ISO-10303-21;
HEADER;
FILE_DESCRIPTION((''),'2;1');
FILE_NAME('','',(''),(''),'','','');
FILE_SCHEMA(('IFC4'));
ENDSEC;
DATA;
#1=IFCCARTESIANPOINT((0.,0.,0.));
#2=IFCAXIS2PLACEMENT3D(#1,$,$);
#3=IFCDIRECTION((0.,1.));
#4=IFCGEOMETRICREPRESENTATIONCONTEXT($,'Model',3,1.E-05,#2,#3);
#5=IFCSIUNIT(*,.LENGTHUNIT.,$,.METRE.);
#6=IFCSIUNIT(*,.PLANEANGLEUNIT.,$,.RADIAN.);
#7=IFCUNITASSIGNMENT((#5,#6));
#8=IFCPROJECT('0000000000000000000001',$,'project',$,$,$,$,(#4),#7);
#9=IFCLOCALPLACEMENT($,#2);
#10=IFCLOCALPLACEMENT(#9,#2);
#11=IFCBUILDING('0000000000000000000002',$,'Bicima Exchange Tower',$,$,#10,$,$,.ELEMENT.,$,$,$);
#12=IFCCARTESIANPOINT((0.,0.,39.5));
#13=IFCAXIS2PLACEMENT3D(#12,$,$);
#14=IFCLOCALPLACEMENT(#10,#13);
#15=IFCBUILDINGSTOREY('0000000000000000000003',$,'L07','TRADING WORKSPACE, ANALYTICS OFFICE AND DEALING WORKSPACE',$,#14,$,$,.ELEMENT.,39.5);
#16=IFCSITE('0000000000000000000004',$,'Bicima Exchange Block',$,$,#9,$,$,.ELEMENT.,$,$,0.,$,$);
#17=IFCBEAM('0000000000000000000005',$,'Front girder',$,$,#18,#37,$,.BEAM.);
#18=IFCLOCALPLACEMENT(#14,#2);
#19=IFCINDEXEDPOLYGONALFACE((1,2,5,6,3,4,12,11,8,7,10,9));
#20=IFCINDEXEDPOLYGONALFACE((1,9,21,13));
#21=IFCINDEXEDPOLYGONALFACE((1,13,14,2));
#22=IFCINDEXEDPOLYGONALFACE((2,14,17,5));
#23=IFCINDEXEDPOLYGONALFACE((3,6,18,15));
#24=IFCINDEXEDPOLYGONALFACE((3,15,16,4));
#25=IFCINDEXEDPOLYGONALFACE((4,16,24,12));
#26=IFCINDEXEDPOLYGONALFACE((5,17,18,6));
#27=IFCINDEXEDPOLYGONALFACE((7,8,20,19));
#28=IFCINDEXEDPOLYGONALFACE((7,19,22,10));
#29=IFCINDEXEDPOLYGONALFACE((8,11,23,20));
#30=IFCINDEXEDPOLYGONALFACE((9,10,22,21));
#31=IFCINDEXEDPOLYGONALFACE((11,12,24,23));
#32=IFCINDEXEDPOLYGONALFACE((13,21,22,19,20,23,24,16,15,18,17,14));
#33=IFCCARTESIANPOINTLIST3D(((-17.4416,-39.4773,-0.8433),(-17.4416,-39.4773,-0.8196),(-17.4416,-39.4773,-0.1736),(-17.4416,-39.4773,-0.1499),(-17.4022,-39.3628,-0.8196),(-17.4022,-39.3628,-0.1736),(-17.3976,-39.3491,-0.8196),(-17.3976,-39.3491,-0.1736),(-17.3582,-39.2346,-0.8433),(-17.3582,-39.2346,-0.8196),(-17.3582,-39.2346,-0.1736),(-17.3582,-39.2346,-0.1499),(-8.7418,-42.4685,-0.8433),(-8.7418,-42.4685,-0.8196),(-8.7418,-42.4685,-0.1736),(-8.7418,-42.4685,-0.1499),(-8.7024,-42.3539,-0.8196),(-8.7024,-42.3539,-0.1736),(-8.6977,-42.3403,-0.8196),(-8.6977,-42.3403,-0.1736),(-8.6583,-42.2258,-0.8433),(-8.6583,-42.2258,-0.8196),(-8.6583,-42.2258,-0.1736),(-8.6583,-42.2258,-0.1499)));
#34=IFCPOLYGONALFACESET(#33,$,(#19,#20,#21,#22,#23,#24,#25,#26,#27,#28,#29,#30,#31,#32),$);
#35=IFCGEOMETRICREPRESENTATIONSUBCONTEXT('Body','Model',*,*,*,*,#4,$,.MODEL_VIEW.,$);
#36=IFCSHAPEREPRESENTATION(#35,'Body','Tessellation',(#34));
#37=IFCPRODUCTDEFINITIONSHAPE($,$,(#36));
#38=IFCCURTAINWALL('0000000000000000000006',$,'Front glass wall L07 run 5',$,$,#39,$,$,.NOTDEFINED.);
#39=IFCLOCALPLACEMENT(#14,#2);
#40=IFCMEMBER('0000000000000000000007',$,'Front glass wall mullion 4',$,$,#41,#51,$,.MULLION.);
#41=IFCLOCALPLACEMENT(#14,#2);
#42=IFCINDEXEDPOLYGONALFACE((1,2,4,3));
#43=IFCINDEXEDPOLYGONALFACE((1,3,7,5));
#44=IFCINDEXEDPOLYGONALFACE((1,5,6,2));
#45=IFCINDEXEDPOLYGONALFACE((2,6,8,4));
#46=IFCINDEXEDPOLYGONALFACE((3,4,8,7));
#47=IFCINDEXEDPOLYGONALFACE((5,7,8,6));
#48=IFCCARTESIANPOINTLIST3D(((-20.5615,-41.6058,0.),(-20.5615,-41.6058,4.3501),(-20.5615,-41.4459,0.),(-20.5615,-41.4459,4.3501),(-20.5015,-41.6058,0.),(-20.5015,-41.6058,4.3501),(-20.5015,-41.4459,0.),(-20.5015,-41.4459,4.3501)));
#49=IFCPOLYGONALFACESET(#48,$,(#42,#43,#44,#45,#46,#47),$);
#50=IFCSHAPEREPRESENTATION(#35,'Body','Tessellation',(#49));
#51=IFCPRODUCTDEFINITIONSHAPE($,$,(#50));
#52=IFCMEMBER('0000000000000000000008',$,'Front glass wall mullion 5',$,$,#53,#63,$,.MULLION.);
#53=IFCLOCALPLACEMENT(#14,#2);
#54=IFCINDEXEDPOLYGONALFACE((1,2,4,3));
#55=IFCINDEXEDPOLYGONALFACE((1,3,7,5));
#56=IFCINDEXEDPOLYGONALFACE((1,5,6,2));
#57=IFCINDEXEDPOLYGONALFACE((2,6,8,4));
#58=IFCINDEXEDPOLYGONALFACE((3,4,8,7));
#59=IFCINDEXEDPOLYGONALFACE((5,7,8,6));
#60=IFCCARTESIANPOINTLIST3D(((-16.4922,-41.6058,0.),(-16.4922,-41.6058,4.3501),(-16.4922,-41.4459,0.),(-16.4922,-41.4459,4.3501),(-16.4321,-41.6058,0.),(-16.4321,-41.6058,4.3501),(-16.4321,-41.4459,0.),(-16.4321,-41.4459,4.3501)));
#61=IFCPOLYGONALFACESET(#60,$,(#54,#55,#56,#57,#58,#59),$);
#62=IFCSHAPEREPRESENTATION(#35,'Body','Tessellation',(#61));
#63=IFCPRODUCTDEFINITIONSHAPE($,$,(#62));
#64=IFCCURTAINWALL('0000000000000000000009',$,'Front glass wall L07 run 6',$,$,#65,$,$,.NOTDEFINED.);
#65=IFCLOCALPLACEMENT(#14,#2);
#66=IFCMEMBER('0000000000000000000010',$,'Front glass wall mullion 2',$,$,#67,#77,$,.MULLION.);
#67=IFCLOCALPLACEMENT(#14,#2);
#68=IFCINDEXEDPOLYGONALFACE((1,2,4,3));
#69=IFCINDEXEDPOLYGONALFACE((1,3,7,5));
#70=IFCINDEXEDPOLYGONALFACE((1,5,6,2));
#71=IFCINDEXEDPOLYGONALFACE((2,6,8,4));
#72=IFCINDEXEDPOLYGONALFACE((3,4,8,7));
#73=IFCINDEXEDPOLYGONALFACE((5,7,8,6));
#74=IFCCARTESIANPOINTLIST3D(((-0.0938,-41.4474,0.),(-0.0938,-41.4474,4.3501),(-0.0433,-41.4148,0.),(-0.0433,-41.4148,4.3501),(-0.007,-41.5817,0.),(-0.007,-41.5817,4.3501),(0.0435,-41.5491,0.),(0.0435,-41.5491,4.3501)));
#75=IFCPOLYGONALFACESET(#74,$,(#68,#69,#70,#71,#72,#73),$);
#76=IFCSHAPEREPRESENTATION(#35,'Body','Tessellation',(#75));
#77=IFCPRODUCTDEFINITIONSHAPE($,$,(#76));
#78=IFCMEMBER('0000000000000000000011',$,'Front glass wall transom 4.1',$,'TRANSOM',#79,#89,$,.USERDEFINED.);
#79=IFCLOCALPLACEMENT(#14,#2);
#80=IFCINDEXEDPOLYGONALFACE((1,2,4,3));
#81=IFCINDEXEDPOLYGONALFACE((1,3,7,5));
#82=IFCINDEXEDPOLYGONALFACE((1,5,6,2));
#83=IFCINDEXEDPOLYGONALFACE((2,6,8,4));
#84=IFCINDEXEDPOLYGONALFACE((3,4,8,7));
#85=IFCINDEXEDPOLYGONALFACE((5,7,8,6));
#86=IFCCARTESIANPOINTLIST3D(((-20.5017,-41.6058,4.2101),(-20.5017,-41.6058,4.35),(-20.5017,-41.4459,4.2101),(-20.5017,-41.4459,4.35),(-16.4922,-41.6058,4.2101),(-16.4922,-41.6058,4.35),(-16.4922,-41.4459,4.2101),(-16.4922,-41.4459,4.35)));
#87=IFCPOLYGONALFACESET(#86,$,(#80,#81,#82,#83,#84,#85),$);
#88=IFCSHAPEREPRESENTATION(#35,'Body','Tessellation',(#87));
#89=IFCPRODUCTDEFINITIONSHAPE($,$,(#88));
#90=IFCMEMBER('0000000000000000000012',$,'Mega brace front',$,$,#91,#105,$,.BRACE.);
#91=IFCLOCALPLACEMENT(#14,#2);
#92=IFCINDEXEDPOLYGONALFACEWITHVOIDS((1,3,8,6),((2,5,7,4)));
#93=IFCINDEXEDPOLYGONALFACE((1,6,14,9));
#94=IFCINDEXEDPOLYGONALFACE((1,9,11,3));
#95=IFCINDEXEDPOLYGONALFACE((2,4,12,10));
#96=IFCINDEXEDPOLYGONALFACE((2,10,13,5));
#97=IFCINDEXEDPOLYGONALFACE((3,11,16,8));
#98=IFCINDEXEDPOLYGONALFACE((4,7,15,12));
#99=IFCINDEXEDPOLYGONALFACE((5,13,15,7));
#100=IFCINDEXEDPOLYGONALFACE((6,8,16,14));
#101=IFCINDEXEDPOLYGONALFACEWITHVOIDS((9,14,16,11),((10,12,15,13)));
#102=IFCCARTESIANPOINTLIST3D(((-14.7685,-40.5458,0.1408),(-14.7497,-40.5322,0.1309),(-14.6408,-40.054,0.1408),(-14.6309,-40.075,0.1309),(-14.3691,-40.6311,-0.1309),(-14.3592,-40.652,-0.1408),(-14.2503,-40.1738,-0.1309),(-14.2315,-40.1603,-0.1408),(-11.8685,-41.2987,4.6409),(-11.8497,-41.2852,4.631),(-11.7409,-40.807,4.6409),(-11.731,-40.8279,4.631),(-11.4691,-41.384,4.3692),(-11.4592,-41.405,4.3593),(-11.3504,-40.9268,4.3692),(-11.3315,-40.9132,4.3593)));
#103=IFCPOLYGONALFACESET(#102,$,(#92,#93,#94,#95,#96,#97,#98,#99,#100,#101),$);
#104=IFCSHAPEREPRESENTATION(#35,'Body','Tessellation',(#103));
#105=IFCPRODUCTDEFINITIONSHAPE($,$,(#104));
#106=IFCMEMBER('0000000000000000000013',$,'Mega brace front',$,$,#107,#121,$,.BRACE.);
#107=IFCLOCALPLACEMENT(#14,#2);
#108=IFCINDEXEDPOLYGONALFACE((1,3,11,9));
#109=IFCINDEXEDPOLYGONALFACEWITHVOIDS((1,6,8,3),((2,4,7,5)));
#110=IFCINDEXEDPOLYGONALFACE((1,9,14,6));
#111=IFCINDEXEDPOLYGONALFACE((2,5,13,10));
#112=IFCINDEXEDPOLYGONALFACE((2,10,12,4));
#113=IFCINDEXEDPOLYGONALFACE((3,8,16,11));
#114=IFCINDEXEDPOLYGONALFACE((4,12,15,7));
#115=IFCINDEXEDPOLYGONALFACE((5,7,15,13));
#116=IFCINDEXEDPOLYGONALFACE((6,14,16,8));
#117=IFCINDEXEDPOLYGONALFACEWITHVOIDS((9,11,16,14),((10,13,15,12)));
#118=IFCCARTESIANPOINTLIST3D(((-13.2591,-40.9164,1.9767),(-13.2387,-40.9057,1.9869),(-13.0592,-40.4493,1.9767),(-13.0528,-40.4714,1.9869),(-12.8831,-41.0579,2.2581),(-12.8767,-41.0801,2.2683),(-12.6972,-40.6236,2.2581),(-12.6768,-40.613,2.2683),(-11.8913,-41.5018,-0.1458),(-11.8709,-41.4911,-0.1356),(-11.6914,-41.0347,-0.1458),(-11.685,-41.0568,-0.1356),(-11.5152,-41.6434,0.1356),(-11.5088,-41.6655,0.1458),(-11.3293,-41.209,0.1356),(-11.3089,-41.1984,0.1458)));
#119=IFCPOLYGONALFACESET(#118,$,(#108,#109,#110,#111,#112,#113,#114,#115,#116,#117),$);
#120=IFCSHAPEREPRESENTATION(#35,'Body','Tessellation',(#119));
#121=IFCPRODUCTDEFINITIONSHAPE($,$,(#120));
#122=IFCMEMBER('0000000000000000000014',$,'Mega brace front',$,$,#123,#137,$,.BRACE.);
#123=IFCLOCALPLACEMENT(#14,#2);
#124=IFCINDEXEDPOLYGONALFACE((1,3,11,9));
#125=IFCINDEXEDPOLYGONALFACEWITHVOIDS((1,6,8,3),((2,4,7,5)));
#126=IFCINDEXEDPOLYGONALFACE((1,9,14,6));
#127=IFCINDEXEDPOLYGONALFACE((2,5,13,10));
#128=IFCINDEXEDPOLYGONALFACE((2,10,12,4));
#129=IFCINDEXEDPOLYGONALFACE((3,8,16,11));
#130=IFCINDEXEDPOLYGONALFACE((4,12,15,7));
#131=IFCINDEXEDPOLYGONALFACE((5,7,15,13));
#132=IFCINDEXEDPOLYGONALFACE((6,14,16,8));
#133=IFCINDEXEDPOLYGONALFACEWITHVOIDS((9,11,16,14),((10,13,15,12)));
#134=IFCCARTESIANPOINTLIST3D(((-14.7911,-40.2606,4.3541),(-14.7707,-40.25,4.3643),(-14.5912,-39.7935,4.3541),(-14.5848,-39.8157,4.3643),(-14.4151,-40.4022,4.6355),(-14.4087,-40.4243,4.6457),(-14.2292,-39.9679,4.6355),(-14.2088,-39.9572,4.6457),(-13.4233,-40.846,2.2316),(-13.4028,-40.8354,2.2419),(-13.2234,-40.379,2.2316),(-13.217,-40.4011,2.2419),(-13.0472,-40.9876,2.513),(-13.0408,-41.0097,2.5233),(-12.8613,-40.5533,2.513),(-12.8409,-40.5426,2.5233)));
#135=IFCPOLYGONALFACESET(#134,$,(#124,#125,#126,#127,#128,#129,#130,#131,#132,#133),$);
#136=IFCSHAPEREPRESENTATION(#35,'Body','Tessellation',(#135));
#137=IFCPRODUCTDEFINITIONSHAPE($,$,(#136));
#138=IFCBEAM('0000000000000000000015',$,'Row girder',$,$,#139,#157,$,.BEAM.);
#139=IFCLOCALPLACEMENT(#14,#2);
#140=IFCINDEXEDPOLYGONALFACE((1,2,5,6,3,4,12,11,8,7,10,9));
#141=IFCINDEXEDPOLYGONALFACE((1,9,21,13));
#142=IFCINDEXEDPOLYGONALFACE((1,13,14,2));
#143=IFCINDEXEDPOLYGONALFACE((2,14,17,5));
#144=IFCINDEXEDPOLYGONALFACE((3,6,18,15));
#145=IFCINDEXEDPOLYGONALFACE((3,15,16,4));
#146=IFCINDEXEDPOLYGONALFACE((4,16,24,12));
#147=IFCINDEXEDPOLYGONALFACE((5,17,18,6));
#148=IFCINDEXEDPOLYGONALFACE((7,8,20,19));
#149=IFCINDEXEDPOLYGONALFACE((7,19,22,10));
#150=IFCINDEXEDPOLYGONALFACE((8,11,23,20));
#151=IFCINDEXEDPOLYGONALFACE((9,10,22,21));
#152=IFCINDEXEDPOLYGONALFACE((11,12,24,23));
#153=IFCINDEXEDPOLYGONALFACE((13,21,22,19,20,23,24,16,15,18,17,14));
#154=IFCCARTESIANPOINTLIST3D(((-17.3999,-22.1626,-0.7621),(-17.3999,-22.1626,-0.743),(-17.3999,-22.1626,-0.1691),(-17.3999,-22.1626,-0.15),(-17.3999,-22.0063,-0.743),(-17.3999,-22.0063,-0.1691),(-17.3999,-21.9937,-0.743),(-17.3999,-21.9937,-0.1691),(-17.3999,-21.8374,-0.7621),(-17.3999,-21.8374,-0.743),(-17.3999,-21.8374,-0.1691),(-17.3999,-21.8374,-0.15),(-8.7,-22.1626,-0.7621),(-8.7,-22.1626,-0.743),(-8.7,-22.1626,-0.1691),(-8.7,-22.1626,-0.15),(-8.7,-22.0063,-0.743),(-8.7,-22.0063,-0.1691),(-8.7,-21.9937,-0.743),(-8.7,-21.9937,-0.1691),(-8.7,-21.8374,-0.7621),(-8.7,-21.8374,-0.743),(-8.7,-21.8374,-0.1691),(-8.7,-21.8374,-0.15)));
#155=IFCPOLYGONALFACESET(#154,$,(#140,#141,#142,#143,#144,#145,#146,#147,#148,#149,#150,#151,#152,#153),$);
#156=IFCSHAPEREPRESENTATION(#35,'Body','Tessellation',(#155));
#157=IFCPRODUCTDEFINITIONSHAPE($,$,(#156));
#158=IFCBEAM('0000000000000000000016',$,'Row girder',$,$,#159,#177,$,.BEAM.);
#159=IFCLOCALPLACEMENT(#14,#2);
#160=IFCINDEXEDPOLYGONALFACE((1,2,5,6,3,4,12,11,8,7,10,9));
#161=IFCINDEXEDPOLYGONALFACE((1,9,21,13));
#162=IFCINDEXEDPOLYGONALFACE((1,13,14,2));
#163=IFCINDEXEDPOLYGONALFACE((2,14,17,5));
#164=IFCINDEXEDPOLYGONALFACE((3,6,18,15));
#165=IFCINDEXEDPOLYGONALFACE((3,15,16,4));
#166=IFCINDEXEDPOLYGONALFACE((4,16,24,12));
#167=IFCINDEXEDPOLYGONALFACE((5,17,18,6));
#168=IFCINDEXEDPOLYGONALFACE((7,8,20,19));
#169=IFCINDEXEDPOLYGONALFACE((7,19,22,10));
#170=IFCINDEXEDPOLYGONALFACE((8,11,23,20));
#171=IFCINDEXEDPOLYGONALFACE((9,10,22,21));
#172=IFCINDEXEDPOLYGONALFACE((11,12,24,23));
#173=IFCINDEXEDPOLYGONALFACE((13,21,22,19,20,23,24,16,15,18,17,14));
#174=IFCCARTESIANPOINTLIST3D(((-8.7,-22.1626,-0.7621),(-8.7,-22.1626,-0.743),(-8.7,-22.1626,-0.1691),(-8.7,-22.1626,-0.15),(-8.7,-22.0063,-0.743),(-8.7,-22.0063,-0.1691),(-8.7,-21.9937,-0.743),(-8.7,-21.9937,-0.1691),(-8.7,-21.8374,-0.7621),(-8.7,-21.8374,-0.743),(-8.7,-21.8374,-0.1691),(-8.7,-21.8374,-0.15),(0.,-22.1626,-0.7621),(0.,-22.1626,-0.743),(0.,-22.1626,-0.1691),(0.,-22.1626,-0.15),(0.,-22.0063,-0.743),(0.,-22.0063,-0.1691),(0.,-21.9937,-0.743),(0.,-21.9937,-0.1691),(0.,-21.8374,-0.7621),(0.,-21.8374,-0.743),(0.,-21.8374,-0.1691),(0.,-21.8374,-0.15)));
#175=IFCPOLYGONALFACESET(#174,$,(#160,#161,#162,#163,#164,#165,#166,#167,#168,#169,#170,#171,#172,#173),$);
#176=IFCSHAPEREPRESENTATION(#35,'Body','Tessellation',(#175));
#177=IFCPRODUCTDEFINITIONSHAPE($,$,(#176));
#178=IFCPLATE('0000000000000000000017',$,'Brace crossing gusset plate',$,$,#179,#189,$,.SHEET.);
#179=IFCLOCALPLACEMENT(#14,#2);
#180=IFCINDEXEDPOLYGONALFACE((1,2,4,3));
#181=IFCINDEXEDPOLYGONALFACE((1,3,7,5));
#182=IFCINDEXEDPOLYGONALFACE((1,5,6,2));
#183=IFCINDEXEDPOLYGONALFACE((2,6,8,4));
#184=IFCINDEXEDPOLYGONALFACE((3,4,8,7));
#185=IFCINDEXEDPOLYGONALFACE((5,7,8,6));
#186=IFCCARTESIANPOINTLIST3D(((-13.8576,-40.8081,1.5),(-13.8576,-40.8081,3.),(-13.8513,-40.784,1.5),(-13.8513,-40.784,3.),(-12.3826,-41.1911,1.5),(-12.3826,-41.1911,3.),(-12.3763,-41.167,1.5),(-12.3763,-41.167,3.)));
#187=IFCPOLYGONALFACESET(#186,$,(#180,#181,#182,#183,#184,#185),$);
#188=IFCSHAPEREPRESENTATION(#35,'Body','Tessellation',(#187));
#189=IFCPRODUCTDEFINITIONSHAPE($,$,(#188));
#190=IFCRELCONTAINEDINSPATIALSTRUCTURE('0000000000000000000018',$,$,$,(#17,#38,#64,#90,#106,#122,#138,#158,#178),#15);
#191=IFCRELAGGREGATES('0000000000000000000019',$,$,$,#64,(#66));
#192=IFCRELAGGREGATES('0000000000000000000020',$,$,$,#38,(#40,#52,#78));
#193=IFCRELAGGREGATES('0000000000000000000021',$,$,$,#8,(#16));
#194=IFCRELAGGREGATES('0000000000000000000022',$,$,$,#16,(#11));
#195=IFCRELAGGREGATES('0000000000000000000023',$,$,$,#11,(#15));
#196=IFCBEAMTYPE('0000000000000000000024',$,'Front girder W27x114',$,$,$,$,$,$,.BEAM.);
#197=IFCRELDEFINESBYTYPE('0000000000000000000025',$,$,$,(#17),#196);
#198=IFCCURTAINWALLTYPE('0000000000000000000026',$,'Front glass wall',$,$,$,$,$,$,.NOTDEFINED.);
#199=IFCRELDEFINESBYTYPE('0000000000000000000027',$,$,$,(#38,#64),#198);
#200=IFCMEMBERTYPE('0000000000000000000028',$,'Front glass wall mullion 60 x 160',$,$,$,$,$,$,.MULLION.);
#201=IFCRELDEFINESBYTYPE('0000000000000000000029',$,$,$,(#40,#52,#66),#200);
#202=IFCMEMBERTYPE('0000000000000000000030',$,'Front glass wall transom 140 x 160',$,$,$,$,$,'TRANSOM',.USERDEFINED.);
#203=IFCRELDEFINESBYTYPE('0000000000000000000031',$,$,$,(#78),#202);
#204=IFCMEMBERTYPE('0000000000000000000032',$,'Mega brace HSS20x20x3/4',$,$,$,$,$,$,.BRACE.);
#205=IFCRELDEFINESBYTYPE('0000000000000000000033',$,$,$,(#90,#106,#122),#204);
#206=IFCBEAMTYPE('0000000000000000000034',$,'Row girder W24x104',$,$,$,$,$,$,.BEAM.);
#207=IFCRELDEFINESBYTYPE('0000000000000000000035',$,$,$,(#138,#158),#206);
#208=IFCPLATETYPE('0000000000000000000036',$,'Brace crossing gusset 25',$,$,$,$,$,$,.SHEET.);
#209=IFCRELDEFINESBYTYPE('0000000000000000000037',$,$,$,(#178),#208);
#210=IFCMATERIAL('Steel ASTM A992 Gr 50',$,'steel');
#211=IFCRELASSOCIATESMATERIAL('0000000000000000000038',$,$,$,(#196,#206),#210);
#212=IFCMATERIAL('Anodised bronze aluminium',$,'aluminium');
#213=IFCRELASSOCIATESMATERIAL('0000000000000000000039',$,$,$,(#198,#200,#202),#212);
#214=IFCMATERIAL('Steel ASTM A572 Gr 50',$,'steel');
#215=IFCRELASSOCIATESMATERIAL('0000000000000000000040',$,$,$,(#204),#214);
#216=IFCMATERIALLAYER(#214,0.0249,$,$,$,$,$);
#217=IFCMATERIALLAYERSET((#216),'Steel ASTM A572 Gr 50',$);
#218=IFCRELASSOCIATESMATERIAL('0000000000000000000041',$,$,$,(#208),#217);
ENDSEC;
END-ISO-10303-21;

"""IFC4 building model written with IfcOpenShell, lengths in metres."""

from ifc_helpers import new_model, si_unit, direction, frame, origin, origin_2d, place, context, subcontext, project, spatial, rectangle, hollow_rectangle, i_section, extrude, material, layer, layer_set, material_profile, profile_set, type_object, element, aggregate, save


model = new_model("IFC4")

# Units and contexts
model_context = context("Model", 3, precision=1e-05, world=origin(), true_north=direction((0.0, 1.0)))
body_context = subcontext(model_context, "Body", "Model", "MODEL_VIEW")
ifc_project = project(units=[si_unit("LENGTHUNIT", "METRE"), si_unit("PLANEANGLEUNIT", "RADIAN")], contexts=[model_context])

# Site, building, storey
site_placement = place(None, origin())
site = spatial("IfcSite", under=ifc_project, at=site_placement, Name="Bicima Exchange Block", CompositionType="ELEMENT", RefElevation=0.0)
building_placement = place(site_placement, origin())
building = spatial("IfcBuilding", under=site, at=building_placement, Name="Bicima Exchange Tower", CompositionType="ELEMENT")
storey_placement = place(building_placement, frame((0.0, 0.0, 39.5)))
storey = spatial("IfcBuildingStorey", under=building, at=storey_placement, Name="L07", Description="TRADING WORKSPACE, ANALYTICS OFFICE AND DEALING WORKSPACE", CompositionType="ELEMENT", Elevation=39.5)

# Shared definitions
ifc_material_1 = material(Name="Steel ASTM A992 Gr 50", Category="steel")

# Beam
ifc_material_profile_1 = material_profile(ifc_material_1, i_section(OverallWidth=0.2566, OverallDepth=0.6934, WebThickness=0.0144, FlangeThickness=0.0237, at=origin_2d()))
ifc_profile_set_1 = profile_set([ifc_material_profile_1], Name="Steel ASTM A992 Gr 50")
beam_type_1 = type_object("IfcBeamType", Name="Front girder W27x114", PredefinedType="BEAM", material=ifc_profile_set_1)
beam_1_placement = place(storey_placement, frame((-17.3999, -39.356, -0.4966), z_axis=(0.945666, -0.325138, 0.0), x_axis=(0.325138, 0.945666, 0.0)))
element("IfcBeam", 1, at=beam_1_placement, inside=storey, type_object=beam_type_1, Name="Front girder", PredefinedType="BEAM", context=body_context, shape_type="SweptSolid", body=[
    extrude(i_section(OverallWidth=0.2566, OverallDepth=0.6934, WebThickness=0.0144, FlangeThickness=0.0237, at=origin_2d()), origin(), (0.0, 0.0, 1.0), 9.1997),
])

# Curtain wall, members
ifc_material_2 = material(Name="Anodised bronze aluminium", Category="aluminium")
curtain_wall_type = type_object("IfcCurtainWallType", Name="Front glass wall", PredefinedType="NOTDEFINED", material=ifc_material_2)
curtain_wall_1_placement = place(storey_placement, origin())
curtain_wall_1 = element("IfcCurtainWall", 2, at=curtain_wall_1_placement, inside=storey, type_object=curtain_wall_type, Name="Front glass wall L07 run 5", PredefinedType="NOTDEFINED")
ifc_material_profile_2 = material_profile(ifc_material_2, rectangle(XDim=0.1599, YDim=0.0601, at=origin_2d()))
ifc_profile_set_2 = profile_set([ifc_material_profile_2], Name="Anodised bronze aluminium")
member_type_1 = type_object("IfcMemberType", Name="Front glass wall mullion 60 x 160", PredefinedType="MULLION", material=ifc_profile_set_2)
member_1_placement = place(storey_placement, frame((-20.5315, -41.5259, 0.0), z_axis=(0.0, 0.0, 1.0), x_axis=(0.0, 1.0, 0.0)))
member_1 = element("IfcMember", 3, at=member_1_placement, type_object=member_type_1, Name="Front glass wall mullion 4", PredefinedType="MULLION", context=body_context, shape_type="SweptSolid", body=[
    extrude(rectangle(XDim=0.1599, YDim=0.0601, at=origin_2d()), origin(), (0.0, 0.0, 1.0), 4.3501),
])
member_2_placement = place(storey_placement, frame((-16.4622, -41.5259, 0.0), z_axis=(0.0, 0.0, 1.0), x_axis=(0.0, 1.0, 0.0)))
member_2 = element("IfcMember", 4, at=member_2_placement, type_object=member_type_1, Name="Front glass wall mullion 5", PredefinedType="MULLION", context=body_context, shape_type="SweptSolid", body=[
    extrude(rectangle(XDim=0.1599, YDim=0.0601, at=origin_2d()), origin(), (0.0, 0.0, 1.0), 4.3501),
])

# Curtain wall, member
curtain_wall_2_placement = place(storey_placement, origin())
curtain_wall_2 = element("IfcCurtainWall", 5, at=curtain_wall_2_placement, inside=storey, type_object=curtain_wall_type, Name="Front glass wall L07 run 6", PredefinedType="NOTDEFINED")
member_3_placement = place(storey_placement, frame((-0.0251, -41.4983, 0.0), z_axis=(0.0, 0.0, 1.0), x_axis=(-0.542897, 0.839799, 0.0)))
member_3 = element("IfcMember", 6, at=member_3_placement, type_object=member_type_1, Name="Front glass wall mullion 2", PredefinedType="MULLION", context=body_context, shape_type="SweptSolid", body=[
    extrude(rectangle(XDim=0.1599, YDim=0.0601, at=origin_2d()), origin(), (0.0, 0.0, 1.0), 4.3501),
])
aggregate(curtain_wall_2, [member_3])

# Member
ifc_material_profile_3 = material_profile(ifc_material_2, rectangle(XDim=0.1599, YDim=0.1399, at=origin_2d()))
ifc_profile_set_3 = profile_set([ifc_material_profile_3], Name="Anodised bronze aluminium")
member_type_2 = type_object("IfcMemberType", Name="Front glass wall transom 140 x 160", ElementType="TRANSOM", PredefinedType="USERDEFINED", material=ifc_profile_set_3)
member_4_placement = place(storey_placement, frame((-20.5017, -41.5259, 4.28), z_axis=(1.0, 0.0, 0.0), x_axis=(0.0, 1.0, 0.0)))
member_4 = element("IfcMember", 7, at=member_4_placement, type_object=member_type_2, Name="Front glass wall transom 4.1", ObjectType="TRANSOM", PredefinedType="USERDEFINED", context=body_context, shape_type="SweptSolid", body=[
    extrude(rectangle(XDim=0.1599, YDim=0.1399, at=origin_2d()), origin(), (0.0, 0.0, 1.0), 4.0095),
])

# Members
ifc_material_3 = material(Name="Steel ASTM A572 Gr 50", Category="steel")
ifc_material_profile_4 = material_profile(ifc_material_3, hollow_rectangle(XDim=0.5081, YDim=0.5081, WallThickness=0.0178, at=origin_2d()))
ifc_profile_set_4 = profile_set([ifc_material_profile_4], Name="Steel ASTM A572 Gr 50")
member_type_3 = type_object("IfcMemberType", Name="Mega brace HSS20x20x3/4", PredefinedType="BRACE", material=ifc_profile_set_4)
member_5_placement = place(storey_placement, frame((-14.5, -40.353, 0.0), z_axis=(0.536409, -0.139273, 0.832387), x_axis=(0.251307, 0.967907, 0.0)))
element("IfcMember", 8, at=member_5_placement, inside=storey, type_object=member_type_3, Name="Mega brace front", PredefinedType="BRACE", context=body_context, shape_type="SweptSolid", body=[
    extrude(hollow_rectangle(XDim=0.5081, YDim=0.5081, WallThickness=0.0178, at=origin_2d()), origin(), (0.0, 0.0, 1.0), 5.4062),
])
for number, where, z_axis, x_axis, name in (
    (9, (-11.6001, -41.3501, 0.0), (-0.527718, 0.225855, 0.818843), (-0.393464, -0.91934, 0.0), "Mega brace front"),
    (10, (-13.1321, -40.6943, 2.3774), (-0.527718, 0.225855, 0.818843), (-0.393464, -0.91934, 0.0), "Mega brace front"),
):
    element("IfcMember", number, at=place(storey_placement, frame(where, z_axis=z_axis, x_axis=x_axis)), inside=storey, type_object=member_type_3, Name=name, PredefinedType="BRACE", context=body_context, shape_type="SweptSolid", body=[
        extrude(hollow_rectangle(XDim=0.5081, YDim=0.5081, WallThickness=0.0178, at=origin_2d()), origin(), (0.0, 0.0, 1.0), 2.592),
    ])

# Beams
ifc_material_profile_5 = material_profile(ifc_material_1, i_section(OverallWidth=0.3252, OverallDepth=0.6121, WebThickness=0.0127, FlangeThickness=0.019, at=origin_2d()))
ifc_profile_set_5 = profile_set([ifc_material_profile_5], Name="Steel ASTM A992 Gr 50")
beam_type_2 = type_object("IfcBeamType", Name="Row girder W24x104", PredefinedType="BEAM", material=ifc_profile_set_5)
for number, where, z_axis, x_axis, name in (
    (11, (-17.3999, -22.0, -0.4561), (1.0, 0.0, 0.0), (0.0, 1.0, 0.0), "Row girder"),
    (12, (-8.7, -22.0, -0.4561), (1.0, 0.0, 0.0), (0.0, 1.0, 0.0), "Row girder"),
):
    element("IfcBeam", number, at=place(storey_placement, frame(where, z_axis=z_axis, x_axis=x_axis)), inside=storey, type_object=beam_type_2, Name=name, PredefinedType="BEAM", context=body_context, shape_type="SweptSolid", body=[
        extrude(i_section(OverallWidth=0.3252, OverallDepth=0.6121, WebThickness=0.0127, FlangeThickness=0.019, at=origin_2d()), origin(), (0.0, 0.0, 1.0), 8.7),
    ])

# Plate
ifc_layer_1 = layer(ifc_material_3, 0.0249)
ifc_layer_set_1 = layer_set([ifc_layer_1], Name="Steel ASTM A572 Gr 50")
plate_type_1 = type_object("IfcPlateType", Name="Brace crossing gusset 25", PredefinedType="SHEET", material=ifc_layer_set_1)
plate_1_placement = place(storey_placement, frame((-13.1169, -40.9875, 1.5), z_axis=(0.0, 0.0, 1.0), x_axis=(0.967902, -0.25133, 0.0)))
element("IfcPlate", 13, at=plate_1_placement, inside=storey, type_object=plate_type_1, Name="Brace crossing gusset plate", PredefinedType="SHEET", context=body_context, shape_type="SweptSolid", body=[
    extrude(rectangle(XDim=1.5239, YDim=0.0249, at=origin_2d()), origin(), (0.0, 0.0, 1.0), 1.5),
])
aggregate(curtain_wall_1, [member_1, member_2, member_4])

save(model, "model.ifc")
